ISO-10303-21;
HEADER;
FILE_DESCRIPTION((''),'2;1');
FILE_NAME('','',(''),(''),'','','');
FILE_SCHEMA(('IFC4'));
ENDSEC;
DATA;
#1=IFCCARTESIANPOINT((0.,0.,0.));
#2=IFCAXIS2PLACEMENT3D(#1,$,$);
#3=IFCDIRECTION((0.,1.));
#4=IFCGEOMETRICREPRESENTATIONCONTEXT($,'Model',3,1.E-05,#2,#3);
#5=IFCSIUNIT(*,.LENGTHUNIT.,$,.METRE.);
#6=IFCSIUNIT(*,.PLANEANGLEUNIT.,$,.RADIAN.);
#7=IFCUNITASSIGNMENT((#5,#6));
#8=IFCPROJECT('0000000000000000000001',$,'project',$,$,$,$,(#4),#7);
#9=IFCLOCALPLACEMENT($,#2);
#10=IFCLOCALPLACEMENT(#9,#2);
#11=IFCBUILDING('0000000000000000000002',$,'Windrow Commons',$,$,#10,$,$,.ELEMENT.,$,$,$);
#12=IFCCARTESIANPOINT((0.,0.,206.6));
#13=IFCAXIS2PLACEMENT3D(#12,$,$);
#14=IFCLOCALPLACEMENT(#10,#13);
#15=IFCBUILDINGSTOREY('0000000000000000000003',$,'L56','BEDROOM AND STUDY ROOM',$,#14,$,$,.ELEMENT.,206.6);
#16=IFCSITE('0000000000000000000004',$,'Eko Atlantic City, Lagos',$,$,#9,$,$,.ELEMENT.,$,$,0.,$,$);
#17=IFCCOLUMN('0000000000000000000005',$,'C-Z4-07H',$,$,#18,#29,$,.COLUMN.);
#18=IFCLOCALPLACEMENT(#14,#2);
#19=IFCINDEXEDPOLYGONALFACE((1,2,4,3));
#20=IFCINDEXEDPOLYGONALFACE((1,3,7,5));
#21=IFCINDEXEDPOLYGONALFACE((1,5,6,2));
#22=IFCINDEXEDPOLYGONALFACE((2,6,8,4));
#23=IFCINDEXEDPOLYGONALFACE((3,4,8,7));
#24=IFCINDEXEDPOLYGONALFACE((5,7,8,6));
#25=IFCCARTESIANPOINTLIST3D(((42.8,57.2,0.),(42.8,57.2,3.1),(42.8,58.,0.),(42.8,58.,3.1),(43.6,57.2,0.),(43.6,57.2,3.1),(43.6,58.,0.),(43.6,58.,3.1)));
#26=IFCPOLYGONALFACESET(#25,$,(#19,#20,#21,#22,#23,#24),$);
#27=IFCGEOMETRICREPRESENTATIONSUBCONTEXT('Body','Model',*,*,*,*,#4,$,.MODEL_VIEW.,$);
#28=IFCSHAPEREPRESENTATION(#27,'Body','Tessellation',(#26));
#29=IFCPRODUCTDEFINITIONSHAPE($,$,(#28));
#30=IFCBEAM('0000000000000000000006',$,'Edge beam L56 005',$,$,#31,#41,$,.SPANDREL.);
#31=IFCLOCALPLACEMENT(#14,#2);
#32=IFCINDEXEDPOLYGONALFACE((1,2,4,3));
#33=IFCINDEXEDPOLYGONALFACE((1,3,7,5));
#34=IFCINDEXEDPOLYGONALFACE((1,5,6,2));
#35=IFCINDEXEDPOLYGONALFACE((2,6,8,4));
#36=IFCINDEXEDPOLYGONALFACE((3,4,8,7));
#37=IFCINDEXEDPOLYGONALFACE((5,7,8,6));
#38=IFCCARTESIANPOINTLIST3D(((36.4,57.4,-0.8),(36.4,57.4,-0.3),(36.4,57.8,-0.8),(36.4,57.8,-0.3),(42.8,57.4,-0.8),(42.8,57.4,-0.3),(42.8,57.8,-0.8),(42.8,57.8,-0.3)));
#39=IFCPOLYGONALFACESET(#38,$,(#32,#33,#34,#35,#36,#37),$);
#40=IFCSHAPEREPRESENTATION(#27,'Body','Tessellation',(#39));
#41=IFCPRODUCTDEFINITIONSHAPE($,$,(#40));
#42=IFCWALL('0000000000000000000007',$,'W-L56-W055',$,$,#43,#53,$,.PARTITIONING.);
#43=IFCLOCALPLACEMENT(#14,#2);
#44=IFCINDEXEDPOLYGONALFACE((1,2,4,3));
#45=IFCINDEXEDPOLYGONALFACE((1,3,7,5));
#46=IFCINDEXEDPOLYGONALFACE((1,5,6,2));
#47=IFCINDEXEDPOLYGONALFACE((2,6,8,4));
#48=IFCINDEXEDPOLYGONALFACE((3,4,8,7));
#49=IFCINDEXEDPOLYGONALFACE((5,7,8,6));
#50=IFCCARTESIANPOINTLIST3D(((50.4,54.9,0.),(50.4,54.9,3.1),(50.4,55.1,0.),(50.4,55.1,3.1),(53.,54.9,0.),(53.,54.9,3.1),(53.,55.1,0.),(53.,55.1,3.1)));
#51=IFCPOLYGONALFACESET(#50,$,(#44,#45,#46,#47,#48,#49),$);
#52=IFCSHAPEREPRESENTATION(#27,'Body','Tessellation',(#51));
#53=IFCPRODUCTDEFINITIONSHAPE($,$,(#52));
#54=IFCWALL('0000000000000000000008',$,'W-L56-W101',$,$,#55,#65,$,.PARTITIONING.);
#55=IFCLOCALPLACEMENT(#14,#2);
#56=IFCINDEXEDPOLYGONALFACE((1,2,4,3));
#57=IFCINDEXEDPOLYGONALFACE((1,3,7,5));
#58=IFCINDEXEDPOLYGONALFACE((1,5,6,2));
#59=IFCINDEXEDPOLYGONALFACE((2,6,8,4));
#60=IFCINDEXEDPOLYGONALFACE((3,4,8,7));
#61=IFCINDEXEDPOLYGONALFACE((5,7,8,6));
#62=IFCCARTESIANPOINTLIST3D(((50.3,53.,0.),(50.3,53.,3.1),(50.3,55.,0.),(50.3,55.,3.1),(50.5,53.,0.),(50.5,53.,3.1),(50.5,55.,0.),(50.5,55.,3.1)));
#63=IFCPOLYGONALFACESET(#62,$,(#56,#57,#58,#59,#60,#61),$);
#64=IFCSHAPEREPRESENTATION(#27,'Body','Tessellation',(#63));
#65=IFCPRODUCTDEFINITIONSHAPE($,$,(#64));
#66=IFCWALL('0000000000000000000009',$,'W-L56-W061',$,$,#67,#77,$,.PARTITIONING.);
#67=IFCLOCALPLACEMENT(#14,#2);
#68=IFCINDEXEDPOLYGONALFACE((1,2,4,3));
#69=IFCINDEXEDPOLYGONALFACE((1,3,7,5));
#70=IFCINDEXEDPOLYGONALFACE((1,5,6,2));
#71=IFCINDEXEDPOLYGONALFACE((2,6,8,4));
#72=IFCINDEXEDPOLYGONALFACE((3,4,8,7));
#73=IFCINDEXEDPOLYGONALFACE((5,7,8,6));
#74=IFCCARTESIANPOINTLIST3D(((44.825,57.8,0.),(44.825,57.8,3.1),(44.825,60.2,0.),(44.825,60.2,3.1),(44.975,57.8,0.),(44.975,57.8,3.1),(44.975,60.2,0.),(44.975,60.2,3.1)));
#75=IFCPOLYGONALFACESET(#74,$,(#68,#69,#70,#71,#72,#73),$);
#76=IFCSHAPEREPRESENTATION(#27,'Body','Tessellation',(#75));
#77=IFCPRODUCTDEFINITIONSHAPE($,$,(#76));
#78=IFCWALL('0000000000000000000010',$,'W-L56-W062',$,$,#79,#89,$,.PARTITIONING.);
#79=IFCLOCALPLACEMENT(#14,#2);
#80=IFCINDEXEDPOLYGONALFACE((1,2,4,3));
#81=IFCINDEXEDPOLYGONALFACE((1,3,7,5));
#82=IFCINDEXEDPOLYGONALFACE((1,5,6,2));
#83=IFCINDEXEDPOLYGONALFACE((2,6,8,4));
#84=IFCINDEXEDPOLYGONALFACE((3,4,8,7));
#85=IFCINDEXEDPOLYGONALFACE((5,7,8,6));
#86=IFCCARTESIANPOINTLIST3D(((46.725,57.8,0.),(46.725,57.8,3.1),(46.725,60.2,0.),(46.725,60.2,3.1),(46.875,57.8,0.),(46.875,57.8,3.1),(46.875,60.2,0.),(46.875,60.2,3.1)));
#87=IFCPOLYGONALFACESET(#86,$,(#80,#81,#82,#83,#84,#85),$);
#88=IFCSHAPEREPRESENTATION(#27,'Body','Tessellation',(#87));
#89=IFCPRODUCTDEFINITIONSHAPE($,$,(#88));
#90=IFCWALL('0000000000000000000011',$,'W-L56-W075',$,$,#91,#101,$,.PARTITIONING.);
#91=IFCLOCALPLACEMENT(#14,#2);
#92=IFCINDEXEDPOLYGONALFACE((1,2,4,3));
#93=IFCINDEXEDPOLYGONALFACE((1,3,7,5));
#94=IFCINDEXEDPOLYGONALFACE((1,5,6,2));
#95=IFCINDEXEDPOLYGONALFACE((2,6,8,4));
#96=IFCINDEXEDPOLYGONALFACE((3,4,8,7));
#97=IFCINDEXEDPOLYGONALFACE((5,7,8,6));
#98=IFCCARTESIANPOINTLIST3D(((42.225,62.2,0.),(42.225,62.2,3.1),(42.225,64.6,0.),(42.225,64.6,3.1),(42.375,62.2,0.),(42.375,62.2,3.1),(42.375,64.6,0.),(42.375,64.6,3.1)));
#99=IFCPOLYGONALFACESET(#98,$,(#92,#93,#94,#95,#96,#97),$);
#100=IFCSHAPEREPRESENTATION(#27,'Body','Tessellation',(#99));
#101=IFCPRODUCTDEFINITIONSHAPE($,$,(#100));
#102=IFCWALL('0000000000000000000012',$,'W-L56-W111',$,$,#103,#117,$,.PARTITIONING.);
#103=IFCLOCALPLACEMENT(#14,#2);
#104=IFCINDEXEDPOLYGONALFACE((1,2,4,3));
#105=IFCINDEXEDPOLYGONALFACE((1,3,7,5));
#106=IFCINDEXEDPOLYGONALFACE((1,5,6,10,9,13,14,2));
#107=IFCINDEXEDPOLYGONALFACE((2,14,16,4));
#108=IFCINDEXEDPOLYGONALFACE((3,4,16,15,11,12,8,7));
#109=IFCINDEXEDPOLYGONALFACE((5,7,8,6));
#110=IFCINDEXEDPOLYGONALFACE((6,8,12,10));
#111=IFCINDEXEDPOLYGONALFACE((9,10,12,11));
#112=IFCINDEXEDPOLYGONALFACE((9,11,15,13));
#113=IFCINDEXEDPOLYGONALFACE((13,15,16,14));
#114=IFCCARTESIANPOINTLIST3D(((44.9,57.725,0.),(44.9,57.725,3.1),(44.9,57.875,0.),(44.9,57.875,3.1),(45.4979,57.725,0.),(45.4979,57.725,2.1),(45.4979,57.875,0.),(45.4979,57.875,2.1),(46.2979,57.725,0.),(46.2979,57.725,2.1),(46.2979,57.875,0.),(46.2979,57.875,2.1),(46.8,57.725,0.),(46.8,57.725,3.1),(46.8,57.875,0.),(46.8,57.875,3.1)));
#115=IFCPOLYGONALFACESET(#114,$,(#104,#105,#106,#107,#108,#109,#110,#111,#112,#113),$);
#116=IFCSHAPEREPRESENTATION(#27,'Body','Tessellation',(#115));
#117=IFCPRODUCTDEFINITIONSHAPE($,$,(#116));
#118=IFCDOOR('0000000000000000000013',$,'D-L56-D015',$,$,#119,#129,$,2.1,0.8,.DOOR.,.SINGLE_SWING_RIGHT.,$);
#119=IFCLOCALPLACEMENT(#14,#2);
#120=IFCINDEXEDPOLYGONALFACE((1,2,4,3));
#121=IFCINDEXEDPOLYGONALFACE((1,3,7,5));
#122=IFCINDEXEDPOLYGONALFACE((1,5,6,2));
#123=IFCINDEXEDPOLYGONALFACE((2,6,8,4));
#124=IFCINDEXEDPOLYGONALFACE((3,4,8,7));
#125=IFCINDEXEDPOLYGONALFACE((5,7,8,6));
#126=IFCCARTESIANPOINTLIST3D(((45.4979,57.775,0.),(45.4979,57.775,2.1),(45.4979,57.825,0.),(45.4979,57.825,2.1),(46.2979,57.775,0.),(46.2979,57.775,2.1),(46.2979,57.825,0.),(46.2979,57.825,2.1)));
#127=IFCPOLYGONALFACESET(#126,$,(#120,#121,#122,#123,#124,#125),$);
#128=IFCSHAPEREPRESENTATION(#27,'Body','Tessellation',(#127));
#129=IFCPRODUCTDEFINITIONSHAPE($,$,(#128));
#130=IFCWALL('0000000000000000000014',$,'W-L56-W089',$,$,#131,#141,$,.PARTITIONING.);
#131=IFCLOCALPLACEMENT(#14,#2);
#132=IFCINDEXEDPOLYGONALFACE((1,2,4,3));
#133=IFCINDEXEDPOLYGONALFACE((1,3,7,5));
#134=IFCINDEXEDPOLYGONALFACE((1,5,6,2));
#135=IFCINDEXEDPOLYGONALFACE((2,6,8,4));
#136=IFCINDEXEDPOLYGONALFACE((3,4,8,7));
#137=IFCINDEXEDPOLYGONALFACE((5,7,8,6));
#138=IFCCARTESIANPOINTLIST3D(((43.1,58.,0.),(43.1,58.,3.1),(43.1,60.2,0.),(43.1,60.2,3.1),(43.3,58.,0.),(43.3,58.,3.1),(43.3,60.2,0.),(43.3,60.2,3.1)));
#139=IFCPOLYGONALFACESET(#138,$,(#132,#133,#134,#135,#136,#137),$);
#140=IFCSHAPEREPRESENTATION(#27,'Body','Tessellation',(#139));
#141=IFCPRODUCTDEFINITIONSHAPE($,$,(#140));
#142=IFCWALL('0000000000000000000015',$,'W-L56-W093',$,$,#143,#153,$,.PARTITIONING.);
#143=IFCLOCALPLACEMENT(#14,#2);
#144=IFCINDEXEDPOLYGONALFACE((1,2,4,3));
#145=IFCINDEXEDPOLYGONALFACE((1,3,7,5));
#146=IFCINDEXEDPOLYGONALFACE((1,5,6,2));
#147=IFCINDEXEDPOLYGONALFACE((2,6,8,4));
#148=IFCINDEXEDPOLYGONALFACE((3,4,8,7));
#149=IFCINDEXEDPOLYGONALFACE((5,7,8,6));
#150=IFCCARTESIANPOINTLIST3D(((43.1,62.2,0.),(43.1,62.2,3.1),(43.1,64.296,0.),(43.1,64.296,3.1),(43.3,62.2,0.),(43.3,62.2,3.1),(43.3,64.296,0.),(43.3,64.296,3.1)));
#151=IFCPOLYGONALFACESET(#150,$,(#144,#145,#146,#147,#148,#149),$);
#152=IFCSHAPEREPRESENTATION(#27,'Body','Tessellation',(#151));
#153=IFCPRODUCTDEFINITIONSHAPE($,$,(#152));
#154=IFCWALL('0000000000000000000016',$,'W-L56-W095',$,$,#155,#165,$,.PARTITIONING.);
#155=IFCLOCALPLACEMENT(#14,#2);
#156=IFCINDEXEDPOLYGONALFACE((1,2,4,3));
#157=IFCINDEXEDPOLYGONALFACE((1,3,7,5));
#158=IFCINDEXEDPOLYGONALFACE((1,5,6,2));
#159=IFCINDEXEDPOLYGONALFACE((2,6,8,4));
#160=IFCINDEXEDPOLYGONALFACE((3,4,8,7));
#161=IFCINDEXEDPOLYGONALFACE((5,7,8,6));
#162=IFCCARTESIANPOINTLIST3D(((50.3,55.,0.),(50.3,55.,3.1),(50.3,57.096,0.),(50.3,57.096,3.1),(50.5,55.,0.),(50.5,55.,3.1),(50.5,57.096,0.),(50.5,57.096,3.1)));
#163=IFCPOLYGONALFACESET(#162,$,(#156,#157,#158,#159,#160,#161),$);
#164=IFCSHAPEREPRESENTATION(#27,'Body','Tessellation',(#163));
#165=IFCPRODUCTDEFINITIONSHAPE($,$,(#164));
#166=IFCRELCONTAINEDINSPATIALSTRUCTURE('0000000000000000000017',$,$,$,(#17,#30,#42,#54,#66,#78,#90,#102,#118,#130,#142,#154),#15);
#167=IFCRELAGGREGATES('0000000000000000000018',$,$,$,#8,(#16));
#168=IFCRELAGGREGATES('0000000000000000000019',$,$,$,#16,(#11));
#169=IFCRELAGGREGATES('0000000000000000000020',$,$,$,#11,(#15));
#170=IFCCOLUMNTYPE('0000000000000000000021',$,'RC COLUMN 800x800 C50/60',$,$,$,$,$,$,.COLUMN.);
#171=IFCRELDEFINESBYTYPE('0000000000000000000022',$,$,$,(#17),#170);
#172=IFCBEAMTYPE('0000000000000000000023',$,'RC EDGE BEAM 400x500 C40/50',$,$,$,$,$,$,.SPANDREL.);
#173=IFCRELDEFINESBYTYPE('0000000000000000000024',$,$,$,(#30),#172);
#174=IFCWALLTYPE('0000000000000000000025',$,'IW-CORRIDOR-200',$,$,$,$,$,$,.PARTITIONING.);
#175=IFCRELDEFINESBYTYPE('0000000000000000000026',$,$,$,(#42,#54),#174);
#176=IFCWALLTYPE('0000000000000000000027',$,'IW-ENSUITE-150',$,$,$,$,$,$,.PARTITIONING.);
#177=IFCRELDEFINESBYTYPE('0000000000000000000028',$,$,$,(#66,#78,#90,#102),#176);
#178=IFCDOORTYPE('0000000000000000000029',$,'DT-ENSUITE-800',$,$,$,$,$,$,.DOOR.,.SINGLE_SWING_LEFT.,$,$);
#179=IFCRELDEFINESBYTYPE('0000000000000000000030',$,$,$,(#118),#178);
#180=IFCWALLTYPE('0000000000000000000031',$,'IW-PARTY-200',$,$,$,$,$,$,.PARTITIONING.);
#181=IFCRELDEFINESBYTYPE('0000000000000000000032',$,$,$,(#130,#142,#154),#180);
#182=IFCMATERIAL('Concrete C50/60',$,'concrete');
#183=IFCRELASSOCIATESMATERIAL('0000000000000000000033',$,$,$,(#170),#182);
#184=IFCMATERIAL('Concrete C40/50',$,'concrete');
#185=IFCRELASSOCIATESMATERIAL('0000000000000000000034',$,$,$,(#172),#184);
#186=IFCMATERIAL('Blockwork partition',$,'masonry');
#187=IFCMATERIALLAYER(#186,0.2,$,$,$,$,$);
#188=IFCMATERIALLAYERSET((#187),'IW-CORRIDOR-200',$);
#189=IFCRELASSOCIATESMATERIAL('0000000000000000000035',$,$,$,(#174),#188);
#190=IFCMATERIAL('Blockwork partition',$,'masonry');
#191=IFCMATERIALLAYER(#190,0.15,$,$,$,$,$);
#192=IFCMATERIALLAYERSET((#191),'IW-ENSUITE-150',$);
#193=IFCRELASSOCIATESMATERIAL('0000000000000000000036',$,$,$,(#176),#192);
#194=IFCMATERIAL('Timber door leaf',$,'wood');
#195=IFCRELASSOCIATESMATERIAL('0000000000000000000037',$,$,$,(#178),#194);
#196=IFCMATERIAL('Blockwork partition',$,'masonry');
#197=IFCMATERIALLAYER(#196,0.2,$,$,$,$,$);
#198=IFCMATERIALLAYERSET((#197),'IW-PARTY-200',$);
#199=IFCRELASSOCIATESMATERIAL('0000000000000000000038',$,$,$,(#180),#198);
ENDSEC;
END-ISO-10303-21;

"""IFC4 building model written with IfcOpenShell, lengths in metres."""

from ifc_helpers import new_model, si_unit, direction, frame, frame_2d, origin, origin_2d, place, context, subcontext, project, spatial, rectangle, extrude, material, layer, layer_set, material_profile, profile_set, type_object, element, fill, save


model = new_model("IFC4")

# Units and contexts
model_context = context("Model", 3, precision=1e-05, world=origin(), true_north=direction((0.0, 1.0)))
body_context = subcontext(model_context, "Body", "Model", "MODEL_VIEW")
ifc_project = project(units=[si_unit("LENGTHUNIT", "METRE"), si_unit("PLANEANGLEUNIT", "RADIAN")], contexts=[model_context])

# Site, building, storey
site_placement = place(None, origin())
site = spatial("IfcSite", under=ifc_project, at=site_placement, Name="Eko Atlantic City, Lagos", CompositionType="ELEMENT", RefElevation=0.0)
building_placement = place(site_placement, origin())
building = spatial("IfcBuilding", under=site, at=building_placement, Name="Windrow Commons", CompositionType="ELEMENT")
storey_placement = place(building_placement, frame((0.0, 0.0, 206.6)))
storey = spatial("IfcBuildingStorey", under=building, at=storey_placement, Name="L56", Description="BEDROOM AND STUDY ROOM", CompositionType="ELEMENT", Elevation=206.6)

# Column
ifc_material_1 = material(Name="Concrete C50/60", Category="concrete")
ifc_material_profile_1 = material_profile(ifc_material_1, rectangle(XDim=0.8, YDim=0.8, at=origin_2d()))
ifc_profile_set_1 = profile_set([ifc_material_profile_1], Name="Concrete C50/60")
column_type = type_object("IfcColumnType", Name="RC COLUMN 800x800 C50/60", PredefinedType="COLUMN", material=ifc_profile_set_1)
column_placement = place(storey_placement, frame((43.2, 57.6, 0.0), z_axis=(0.0, 0.0, 1.0), x_axis=(1.0, 0.0, 0.0)))
element("IfcColumn", 1, at=column_placement, inside=storey, type_object=column_type, Name="C-Z4-07H", PredefinedType="COLUMN", context=body_context, shape_type="SweptSolid", body=[
    extrude(rectangle(XDim=0.8, YDim=0.8, at=origin_2d()), origin(), (0.0, 0.0, 1.0), 3.1),
])

# Beam
ifc_material_2 = material(Name="Concrete C40/50", Category="concrete")
ifc_material_profile_2 = material_profile(ifc_material_2, rectangle(XDim=0.4, YDim=0.5, at=origin_2d()))
ifc_profile_set_2 = profile_set([ifc_material_profile_2], Name="Concrete C40/50")
beam_type = type_object("IfcBeamType", Name="RC EDGE BEAM 400x500 C40/50", PredefinedType="SPANDREL", material=ifc_profile_set_2)
beam_placement = place(storey_placement, frame((42.8, 57.6, -0.55), z_axis=(-1.0, 0.0, 0.0), x_axis=(0.0, -1.0, 0.0)))
element("IfcBeam", 2, at=beam_placement, inside=storey, type_object=beam_type, Name="Edge beam L56 005", PredefinedType="SPANDREL", context=body_context, shape_type="SweptSolid", body=[
    extrude(rectangle(XDim=0.4, YDim=0.5, at=origin_2d()), origin(), (0.0, 0.0, 1.0), 6.4),
])

# Walls
ifc_material_3 = material(Name="Blockwork partition", Category="masonry")
ifc_layer_1 = layer(ifc_material_3, 0.2)
ifc_layer_set_1 = layer_set([ifc_layer_1], Name="IW-CORRIDOR-200")
wall_type_1 = type_object("IfcWallType", Name="IW-CORRIDOR-200", PredefinedType="PARTITIONING", material=ifc_layer_set_1)
wall_1_placement = place(storey_placement, frame((50.4, 55.0, 0.0), z_axis=(0.0, 0.0, 1.0), x_axis=(1.0, 0.0, 0.0)))
element("IfcWall", 3, at=wall_1_placement, inside=storey, type_object=wall_type_1, Name="W-L56-W055", PredefinedType="PARTITIONING", context=body_context, shape_type="SweptSolid", body=[
    extrude(rectangle(XDim=2.6, YDim=0.2, at=frame_2d((1.3, 0.0))), origin(), (0.0, 0.0, 1.0), 3.1),
])
wall_2_placement = place(storey_placement, frame((50.4, 53.0, 0.0), z_axis=(0.0, 0.0, 1.0), x_axis=(0.0, 1.0, 0.0)))
element("IfcWall", 4, at=wall_2_placement, inside=storey, type_object=wall_type_1, Name="W-L56-W101", PredefinedType="PARTITIONING", context=body_context, shape_type="SweptSolid", body=[
    extrude(rectangle(XDim=2.0, YDim=0.2, at=frame_2d((1.0, 0.0))), origin(), (0.0, 0.0, 1.0), 3.1),
])
ifc_material_4 = material(Name="Blockwork partition", Category="masonry")
ifc_layer_2 = layer(ifc_material_4, 0.15)
ifc_layer_set_2 = layer_set([ifc_layer_2], Name="IW-ENSUITE-150")
wall_type_2 = type_object("IfcWallType", Name="IW-ENSUITE-150", PredefinedType="PARTITIONING", material=ifc_layer_set_2)
for number, where, z_axis, x_axis, name in (
    (5, (44.9, 57.8, 0.0), (0.0, 0.0, 1.0), (0.0, 1.0, 0.0), "W-L56-W061"),
    (6, (46.8, 57.8, 0.0), (0.0, 0.0, 1.0), (0.0, 1.0, 0.0), "W-L56-W062"),
    (7, (42.3, 62.2, 0.0), (0.0, 0.0, 1.0), (0.0, 1.0, 0.0), "W-L56-W075"),
):
    element("IfcWall", number, at=place(storey_placement, frame(where, z_axis=z_axis, x_axis=x_axis)), inside=storey, type_object=wall_type_2, Name=name, PredefinedType="PARTITIONING", context=body_context, shape_type="SweptSolid", body=[
        extrude(rectangle(XDim=2.4, YDim=0.15, at=frame_2d((1.2, 0.0))), origin(), (0.0, 0.0, 1.0), 3.1),
    ])

# Wall, opening, door
wall_3_placement = place(storey_placement, frame((44.9, 57.8, 0.0), z_axis=(0.0, 0.0, 1.0), x_axis=(1.0, 0.0, 0.0)))
wall_3 = element("IfcWall", 8, at=wall_3_placement, inside=storey, type_object=wall_type_2, Name="W-L56-W111", PredefinedType="PARTITIONING", context=body_context, shape_type="SweptSolid", body=[
    extrude(rectangle(XDim=1.9, YDim=0.15, at=frame_2d((0.95, 0.0))), origin(), (0.0, 0.0, 1.0), 3.1),
])
opening_placement = place(wall_3_placement, frame((0.5979, 0.0, 0.0)))
opening = element("IfcOpeningElement", 9, at=opening_placement, cuts=wall_3, PredefinedType="OPENING", context=body_context, shape_type="SweptSolid", body=[
    extrude(rectangle(XDim=0.8, YDim=2.1, at=frame_2d((0.4, 1.05))), frame((0.0, 0.085, 0.0), z_axis=(0.0, -1.0, 0.0), x_axis=(1.0, 0.0, 0.0)), (0.0, 0.0, 1.0), 0.17),
])
ifc_material_5 = material(Name="Timber door leaf", Category="wood")
door_type = type_object("IfcDoorType", Name="DT-ENSUITE-800", OperationType="SINGLE_SWING_LEFT", PredefinedType="DOOR", material=ifc_material_5)
door_placement = place(opening_placement, origin())
door = element("IfcDoor", 10, at=door_placement, inside=storey, type_object=door_type, Name="D-L56-D015", OperationType="SINGLE_SWING_RIGHT", OverallHeight=2.1, OverallWidth=0.8, PredefinedType="DOOR", context=body_context, shape_type="SweptSolid", body=[
    extrude(rectangle(XDim=0.8, YDim=2.1, at=frame_2d((0.4, 1.05))), frame((0.0, 0.025, 0.0), z_axis=(0.0, -1.0, 0.0), x_axis=(1.0, 0.0, 0.0)), (0.0, 0.0, 1.0), 0.05),
])
fill(opening, door)

# Walls
ifc_material_6 = material(Name="Blockwork partition", Category="masonry")
ifc_layer_3 = layer(ifc_material_6, 0.2)
ifc_layer_set_3 = layer_set([ifc_layer_3], Name="IW-PARTY-200")
wall_type_3 = type_object("IfcWallType", Name="IW-PARTY-200", PredefinedType="PARTITIONING", material=ifc_layer_set_3)
wall_4_placement = place(storey_placement, frame((43.2, 58.0, 0.0), z_axis=(0.0, 0.0, 1.0), x_axis=(0.0, 1.0, 0.0)))
element("IfcWall", 11, at=wall_4_placement, inside=storey, type_object=wall_type_3, Name="W-L56-W089", PredefinedType="PARTITIONING", context=body_context, shape_type="SweptSolid", body=[
    extrude(rectangle(XDim=2.2, YDim=0.2, at=frame_2d((1.1, 0.0))), origin(), (0.0, 0.0, 1.0), 3.1),
])
for number, where, z_axis, x_axis, name in (
    (12, (43.2, 62.2, 0.0), (0.0, 0.0, 1.0), (0.0, 1.0, 0.0), "W-L56-W093"),
    (13, (50.4, 55.0, 0.0), (0.0, 0.0, 1.0), (0.0, 1.0, 0.0), "W-L56-W095"),
):
    element("IfcWall", number, at=place(storey_placement, frame(where, z_axis=z_axis, x_axis=x_axis)), inside=storey, type_object=wall_type_3, Name=name, PredefinedType="PARTITIONING", context=body_context, shape_type="SweptSolid", body=[
        extrude(rectangle(XDim=2.096, YDim=0.2, at=frame_2d((1.048, 0.0))), origin(), (0.0, 0.0, 1.0), 3.1),
    ])

save(model, "model.ifc")
